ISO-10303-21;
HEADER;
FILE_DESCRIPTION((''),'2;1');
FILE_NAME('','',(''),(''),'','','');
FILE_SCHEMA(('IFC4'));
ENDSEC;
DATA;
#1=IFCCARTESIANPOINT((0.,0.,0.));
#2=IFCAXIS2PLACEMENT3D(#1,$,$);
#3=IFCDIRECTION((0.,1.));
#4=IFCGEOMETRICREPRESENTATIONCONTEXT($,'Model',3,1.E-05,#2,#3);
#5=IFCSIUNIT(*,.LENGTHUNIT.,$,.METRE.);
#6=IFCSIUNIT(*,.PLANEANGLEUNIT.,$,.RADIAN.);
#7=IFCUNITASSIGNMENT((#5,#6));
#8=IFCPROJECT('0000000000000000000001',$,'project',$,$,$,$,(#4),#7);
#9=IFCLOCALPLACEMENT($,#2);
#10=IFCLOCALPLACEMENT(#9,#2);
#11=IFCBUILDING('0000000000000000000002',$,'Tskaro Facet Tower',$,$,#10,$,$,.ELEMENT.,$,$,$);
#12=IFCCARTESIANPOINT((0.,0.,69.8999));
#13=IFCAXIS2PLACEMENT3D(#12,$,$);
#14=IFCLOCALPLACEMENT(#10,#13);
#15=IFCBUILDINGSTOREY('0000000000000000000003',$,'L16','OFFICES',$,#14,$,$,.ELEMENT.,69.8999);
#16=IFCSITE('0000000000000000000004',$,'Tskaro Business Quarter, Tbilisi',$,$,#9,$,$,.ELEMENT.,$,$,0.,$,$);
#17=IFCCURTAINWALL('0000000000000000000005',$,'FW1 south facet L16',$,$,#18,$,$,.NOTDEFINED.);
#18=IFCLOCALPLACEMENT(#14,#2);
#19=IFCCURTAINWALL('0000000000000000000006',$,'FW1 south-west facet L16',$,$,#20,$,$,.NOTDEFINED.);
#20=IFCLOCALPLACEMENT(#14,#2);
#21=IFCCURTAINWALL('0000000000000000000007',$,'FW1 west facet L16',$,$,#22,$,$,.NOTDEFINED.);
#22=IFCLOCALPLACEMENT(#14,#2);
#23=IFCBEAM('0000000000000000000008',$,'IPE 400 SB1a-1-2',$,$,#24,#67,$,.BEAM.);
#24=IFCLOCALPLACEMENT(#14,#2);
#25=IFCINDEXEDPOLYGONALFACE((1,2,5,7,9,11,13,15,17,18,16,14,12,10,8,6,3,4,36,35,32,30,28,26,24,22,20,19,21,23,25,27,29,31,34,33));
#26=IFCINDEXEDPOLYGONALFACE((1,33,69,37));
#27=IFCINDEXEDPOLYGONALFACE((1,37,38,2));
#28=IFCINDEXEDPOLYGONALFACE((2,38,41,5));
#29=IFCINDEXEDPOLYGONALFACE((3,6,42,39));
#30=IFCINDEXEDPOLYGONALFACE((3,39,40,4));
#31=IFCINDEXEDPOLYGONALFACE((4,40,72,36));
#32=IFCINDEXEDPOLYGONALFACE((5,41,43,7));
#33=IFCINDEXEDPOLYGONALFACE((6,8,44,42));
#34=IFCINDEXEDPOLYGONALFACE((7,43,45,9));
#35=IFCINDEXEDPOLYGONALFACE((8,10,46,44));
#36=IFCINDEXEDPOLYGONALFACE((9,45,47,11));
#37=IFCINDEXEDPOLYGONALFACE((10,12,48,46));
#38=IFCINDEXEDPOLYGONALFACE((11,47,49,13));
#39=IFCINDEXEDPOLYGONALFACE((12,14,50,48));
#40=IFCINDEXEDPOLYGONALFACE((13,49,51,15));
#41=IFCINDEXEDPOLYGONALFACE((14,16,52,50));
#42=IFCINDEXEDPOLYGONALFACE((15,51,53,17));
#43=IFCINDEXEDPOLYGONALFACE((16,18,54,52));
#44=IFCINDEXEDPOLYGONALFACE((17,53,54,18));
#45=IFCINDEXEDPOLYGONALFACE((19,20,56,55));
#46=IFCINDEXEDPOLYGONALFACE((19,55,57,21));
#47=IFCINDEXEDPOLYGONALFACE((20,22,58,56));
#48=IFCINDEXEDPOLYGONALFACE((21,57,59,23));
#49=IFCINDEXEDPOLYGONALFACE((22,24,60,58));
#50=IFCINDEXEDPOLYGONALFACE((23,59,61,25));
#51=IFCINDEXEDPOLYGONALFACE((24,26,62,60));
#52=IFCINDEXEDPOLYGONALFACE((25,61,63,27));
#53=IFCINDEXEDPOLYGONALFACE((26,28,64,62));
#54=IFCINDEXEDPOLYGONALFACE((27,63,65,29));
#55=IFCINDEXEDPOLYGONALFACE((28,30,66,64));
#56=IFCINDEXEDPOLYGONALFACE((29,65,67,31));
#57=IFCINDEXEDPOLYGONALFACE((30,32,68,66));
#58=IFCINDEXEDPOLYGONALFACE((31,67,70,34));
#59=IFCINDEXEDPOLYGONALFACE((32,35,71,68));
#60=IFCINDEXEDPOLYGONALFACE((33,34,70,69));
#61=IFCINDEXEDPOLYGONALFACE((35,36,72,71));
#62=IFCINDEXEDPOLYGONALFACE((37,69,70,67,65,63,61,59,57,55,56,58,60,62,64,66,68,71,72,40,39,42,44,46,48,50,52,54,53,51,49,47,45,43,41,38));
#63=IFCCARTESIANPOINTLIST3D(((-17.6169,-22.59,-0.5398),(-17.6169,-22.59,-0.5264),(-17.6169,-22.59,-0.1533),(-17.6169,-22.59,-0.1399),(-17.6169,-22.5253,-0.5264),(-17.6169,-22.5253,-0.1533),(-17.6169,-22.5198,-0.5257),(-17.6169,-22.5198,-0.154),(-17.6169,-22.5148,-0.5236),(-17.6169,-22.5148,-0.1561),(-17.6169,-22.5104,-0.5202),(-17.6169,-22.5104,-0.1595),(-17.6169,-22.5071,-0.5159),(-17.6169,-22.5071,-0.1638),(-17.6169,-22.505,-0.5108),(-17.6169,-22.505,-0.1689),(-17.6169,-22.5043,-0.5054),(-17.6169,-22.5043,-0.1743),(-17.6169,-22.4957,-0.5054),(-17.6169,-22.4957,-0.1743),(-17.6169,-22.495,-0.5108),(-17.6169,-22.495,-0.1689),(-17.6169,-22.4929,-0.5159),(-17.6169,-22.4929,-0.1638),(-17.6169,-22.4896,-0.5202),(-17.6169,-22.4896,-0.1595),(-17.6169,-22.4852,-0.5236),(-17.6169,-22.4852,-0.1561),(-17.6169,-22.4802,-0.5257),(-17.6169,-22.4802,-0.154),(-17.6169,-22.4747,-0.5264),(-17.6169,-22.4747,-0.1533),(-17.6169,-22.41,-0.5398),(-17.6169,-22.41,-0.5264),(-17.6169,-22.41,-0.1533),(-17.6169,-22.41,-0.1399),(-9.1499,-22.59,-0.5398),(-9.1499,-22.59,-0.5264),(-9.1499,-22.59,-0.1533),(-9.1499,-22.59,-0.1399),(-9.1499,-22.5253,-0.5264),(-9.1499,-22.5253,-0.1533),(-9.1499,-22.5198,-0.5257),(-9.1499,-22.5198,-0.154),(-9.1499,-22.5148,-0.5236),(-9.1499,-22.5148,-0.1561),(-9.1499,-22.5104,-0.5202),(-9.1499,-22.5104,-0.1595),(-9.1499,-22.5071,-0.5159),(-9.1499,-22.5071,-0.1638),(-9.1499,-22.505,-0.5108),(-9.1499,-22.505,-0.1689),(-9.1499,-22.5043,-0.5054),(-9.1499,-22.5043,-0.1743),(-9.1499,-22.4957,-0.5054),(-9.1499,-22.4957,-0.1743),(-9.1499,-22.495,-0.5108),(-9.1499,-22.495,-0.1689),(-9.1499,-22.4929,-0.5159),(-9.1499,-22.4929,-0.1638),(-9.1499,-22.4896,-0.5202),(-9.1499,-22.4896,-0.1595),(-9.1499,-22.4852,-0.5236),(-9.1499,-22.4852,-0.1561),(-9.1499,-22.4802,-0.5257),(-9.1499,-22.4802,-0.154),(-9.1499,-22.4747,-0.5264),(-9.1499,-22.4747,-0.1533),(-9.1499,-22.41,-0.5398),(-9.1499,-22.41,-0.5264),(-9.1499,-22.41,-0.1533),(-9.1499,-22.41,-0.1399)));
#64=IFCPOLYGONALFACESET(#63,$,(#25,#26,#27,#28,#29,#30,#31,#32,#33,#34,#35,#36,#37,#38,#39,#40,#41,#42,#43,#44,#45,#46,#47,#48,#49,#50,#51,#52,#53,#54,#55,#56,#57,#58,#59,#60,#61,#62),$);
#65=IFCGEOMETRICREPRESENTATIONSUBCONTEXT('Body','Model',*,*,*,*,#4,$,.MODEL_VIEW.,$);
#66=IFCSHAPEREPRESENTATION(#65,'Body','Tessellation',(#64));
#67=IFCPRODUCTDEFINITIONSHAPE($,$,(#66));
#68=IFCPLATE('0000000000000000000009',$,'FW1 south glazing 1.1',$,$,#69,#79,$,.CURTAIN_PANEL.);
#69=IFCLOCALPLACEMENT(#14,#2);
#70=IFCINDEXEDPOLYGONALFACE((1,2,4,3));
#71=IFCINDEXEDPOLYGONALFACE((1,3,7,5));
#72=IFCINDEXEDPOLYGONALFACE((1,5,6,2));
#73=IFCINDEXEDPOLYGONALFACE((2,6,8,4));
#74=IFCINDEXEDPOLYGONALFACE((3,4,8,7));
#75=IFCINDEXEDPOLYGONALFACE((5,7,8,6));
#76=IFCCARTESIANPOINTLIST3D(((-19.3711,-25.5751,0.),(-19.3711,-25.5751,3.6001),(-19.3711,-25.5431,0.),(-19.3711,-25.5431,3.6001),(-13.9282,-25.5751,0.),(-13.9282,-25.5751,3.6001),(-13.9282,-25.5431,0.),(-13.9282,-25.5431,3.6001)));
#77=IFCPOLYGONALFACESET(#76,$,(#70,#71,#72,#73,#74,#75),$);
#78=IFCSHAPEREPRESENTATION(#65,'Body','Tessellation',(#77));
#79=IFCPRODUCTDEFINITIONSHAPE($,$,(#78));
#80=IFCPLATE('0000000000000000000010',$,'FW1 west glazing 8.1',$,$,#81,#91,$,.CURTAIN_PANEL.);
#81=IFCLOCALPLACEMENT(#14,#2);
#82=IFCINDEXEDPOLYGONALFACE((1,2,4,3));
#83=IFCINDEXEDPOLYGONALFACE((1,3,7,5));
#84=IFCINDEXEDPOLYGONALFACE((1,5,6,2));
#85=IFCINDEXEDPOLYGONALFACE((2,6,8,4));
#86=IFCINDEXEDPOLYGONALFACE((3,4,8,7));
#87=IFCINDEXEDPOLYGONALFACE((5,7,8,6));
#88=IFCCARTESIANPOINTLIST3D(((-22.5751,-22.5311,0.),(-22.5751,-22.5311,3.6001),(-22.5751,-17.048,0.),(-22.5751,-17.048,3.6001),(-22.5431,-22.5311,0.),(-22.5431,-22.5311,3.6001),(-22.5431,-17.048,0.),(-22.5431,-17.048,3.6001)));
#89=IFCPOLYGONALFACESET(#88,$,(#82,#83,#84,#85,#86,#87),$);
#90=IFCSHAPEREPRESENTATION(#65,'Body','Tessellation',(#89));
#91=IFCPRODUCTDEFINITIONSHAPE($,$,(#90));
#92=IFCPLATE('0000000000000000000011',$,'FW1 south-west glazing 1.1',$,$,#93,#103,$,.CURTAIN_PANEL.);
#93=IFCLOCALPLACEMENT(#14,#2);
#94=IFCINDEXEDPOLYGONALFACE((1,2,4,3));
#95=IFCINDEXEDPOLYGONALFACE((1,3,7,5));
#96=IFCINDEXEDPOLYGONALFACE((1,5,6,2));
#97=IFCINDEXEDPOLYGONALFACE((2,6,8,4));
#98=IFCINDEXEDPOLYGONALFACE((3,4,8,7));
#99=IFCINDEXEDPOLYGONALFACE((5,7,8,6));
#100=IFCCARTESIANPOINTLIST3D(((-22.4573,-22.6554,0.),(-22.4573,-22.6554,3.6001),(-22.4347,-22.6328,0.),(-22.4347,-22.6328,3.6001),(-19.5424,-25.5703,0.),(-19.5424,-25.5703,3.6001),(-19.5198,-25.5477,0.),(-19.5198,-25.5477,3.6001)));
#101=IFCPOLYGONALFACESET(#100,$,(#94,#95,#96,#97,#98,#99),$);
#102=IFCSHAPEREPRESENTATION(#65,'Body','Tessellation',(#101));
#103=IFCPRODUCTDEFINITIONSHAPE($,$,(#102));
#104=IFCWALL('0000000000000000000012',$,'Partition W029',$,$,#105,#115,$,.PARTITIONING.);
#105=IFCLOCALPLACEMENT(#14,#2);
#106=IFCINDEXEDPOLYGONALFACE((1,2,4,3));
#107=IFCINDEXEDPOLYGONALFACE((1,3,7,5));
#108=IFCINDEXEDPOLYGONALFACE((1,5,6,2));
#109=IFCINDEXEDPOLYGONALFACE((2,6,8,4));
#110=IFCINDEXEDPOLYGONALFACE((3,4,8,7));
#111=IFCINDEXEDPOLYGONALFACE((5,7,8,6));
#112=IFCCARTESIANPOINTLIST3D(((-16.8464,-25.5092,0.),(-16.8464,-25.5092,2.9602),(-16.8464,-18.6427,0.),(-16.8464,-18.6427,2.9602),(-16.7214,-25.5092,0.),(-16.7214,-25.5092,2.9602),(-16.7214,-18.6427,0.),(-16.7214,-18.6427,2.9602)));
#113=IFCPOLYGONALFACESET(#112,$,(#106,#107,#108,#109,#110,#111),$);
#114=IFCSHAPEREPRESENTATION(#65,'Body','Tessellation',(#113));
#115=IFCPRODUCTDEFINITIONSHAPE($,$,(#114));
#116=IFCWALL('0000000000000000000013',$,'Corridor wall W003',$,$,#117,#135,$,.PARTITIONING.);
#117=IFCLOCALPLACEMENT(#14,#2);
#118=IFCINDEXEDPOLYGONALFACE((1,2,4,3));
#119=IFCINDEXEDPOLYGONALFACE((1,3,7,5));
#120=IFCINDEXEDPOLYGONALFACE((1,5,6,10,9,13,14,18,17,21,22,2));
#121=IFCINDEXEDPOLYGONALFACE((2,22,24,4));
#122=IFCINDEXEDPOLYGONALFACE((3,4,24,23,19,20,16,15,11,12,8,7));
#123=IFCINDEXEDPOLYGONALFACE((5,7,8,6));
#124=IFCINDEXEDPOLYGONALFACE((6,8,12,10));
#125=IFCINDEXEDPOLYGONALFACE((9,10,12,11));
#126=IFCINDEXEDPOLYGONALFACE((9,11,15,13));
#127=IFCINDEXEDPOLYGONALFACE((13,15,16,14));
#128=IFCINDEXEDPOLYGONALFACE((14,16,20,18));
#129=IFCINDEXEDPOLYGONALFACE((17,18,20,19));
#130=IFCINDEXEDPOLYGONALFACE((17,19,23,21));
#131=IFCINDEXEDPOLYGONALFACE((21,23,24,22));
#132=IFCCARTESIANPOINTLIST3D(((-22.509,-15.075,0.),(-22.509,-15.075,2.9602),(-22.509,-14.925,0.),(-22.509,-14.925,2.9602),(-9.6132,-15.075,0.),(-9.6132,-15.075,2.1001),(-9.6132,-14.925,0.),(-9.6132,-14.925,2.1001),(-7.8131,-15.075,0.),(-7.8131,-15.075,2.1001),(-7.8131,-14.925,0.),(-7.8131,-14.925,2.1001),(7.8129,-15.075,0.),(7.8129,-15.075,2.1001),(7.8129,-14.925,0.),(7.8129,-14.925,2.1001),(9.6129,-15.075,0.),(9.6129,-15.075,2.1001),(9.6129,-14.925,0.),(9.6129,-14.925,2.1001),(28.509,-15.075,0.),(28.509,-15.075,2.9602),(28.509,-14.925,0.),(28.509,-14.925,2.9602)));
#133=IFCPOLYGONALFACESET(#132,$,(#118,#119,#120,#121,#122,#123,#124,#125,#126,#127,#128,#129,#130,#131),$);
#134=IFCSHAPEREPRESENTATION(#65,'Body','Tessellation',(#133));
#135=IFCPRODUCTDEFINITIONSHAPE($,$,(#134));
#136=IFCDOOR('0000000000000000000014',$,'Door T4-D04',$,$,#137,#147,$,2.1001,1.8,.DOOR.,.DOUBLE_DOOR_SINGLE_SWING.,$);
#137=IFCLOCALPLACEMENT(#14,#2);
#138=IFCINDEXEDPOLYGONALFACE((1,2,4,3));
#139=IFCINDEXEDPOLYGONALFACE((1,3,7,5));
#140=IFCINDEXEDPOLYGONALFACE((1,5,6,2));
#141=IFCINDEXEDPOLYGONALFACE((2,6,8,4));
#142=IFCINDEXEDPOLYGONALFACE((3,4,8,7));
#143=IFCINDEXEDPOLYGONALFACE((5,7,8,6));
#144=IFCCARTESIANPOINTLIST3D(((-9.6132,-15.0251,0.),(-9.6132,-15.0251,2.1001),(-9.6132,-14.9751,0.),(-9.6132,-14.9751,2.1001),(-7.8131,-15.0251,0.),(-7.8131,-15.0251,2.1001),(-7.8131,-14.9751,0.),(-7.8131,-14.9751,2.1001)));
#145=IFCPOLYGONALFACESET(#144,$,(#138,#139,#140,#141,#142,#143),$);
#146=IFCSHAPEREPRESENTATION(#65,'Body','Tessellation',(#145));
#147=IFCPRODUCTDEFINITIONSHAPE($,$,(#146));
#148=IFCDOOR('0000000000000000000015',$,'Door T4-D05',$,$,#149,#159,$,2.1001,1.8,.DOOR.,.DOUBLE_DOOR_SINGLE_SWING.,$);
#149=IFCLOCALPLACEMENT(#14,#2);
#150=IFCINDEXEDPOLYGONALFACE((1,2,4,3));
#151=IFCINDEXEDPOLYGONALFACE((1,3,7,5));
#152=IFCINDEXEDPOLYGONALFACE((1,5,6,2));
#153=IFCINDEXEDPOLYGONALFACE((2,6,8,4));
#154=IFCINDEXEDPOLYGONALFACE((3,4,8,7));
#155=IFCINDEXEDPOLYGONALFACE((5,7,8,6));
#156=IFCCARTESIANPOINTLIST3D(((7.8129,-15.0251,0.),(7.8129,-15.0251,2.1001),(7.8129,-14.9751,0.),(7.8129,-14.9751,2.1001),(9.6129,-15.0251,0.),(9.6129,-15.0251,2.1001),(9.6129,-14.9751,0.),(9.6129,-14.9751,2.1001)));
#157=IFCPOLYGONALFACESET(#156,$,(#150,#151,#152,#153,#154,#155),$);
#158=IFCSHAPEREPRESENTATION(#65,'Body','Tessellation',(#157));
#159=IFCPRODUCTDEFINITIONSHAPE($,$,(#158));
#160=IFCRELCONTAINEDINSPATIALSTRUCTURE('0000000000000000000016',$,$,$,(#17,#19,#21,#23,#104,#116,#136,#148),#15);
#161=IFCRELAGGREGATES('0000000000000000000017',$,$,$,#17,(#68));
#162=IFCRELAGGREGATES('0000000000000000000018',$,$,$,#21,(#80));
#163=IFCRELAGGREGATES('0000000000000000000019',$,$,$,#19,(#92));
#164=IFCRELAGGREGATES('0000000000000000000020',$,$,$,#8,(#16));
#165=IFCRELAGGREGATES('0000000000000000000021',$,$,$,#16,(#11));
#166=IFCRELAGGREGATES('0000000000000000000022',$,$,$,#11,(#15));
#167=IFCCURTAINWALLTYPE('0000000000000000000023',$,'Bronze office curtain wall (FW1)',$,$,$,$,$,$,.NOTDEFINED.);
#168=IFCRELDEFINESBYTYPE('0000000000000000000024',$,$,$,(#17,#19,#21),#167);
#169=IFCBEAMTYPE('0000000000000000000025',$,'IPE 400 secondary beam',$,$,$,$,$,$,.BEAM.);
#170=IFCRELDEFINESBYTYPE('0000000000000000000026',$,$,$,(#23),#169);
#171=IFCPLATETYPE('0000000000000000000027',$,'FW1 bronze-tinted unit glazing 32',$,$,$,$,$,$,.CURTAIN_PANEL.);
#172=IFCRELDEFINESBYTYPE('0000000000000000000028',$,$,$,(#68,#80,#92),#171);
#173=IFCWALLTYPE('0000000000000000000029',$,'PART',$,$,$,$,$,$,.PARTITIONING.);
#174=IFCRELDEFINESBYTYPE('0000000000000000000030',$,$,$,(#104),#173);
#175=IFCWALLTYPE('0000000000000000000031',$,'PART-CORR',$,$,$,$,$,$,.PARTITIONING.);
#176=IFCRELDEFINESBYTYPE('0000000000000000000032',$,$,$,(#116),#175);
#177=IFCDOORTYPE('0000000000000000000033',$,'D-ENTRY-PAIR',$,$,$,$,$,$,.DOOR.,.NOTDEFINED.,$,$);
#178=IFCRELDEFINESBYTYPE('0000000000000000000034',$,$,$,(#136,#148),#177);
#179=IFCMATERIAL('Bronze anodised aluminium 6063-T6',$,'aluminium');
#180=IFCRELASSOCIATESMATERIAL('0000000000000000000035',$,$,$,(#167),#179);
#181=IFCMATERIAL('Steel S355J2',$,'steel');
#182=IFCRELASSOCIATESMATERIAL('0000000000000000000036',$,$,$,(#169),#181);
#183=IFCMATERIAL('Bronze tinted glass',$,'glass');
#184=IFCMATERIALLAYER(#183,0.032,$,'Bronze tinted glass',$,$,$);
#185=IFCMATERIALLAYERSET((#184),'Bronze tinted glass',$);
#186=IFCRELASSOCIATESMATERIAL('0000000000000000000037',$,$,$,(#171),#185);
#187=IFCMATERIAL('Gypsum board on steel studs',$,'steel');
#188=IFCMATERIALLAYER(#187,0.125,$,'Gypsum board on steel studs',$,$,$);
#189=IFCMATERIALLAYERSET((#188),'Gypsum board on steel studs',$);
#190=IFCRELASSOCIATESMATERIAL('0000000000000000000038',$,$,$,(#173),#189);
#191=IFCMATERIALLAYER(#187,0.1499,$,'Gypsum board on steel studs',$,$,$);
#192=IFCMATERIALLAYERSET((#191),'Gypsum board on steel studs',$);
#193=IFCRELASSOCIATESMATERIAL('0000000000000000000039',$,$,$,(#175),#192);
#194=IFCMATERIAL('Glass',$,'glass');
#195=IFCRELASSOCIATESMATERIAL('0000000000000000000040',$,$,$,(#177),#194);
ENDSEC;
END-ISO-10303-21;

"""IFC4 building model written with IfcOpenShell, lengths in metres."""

from ifc_helpers import new_model, si_unit, direction, frame, frame_2d, origin, origin_2d, place, context, subcontext, project, spatial, rectangle, i_section, extrude, material, layer, layer_set, material_profile, profile_set, type_object, element, fill, aggregate, save


model = new_model("IFC4")

# Units and contexts
model_context = context("Model", 3, precision=1e-05, world=origin(), true_north=direction((0.0, 1.0)))
body_context = subcontext(model_context, "Body", "Model", "MODEL_VIEW")
ifc_project = project(units=[si_unit("LENGTHUNIT", "METRE"), si_unit("PLANEANGLEUNIT", "RADIAN")], contexts=[model_context])

# Site, building, storey
site_placement = place(None, origin())
site = spatial("IfcSite", under=ifc_project, at=site_placement, Name="Tskaro Business Quarter, Tbilisi", CompositionType="ELEMENT", RefElevation=0.0)
building_placement = place(site_placement, origin())
building = spatial("IfcBuilding", under=site, at=building_placement, Name="Tskaro Facet Tower", CompositionType="ELEMENT")
storey_placement = place(building_placement, frame((0.0, 0.0, 69.8999)))
storey = spatial("IfcBuildingStorey", under=building, at=storey_placement, Name="L16", Description="OFFICES", CompositionType="ELEMENT", Elevation=69.8999)

# Curtain walls
ifc_material_1 = material(Name="Bronze anodised aluminium 6063-T6", Category="aluminium")
curtain_wall_type = type_object("IfcCurtainWallType", Name="Bronze office curtain wall (FW1)", PredefinedType="NOTDEFINED", material=ifc_material_1)
curtain_wall_1_placement = place(storey_placement, origin())
curtain_wall_1 = element("IfcCurtainWall", 1, at=curtain_wall_1_placement, inside=storey, type_object=curtain_wall_type, Name="FW1 south facet L16", PredefinedType="NOTDEFINED")
curtain_wall_2_placement = place(storey_placement, origin())
curtain_wall_2 = element("IfcCurtainWall", 2, at=curtain_wall_2_placement, inside=storey, type_object=curtain_wall_type, Name="FW1 south-west facet L16", PredefinedType="NOTDEFINED")

# Curtain wall
curtain_wall_3_placement = place(storey_placement, origin())
curtain_wall_3 = element("IfcCurtainWall", 3, at=curtain_wall_3_placement, inside=storey, type_object=curtain_wall_type, Name="FW1 west facet L16", PredefinedType="NOTDEFINED")

# Beam
ifc_material_2 = material(Name="Steel S355J2", Category="steel")
ifc_material_profile_1 = material_profile(ifc_material_2, i_section(OverallWidth=0.1799, OverallDepth=0.3999, WebThickness=0.0085, FlangeThickness=0.0134, FilletRadius=0.021, at=origin_2d()), Name="IPE 400")
ifc_profile_set_1 = profile_set([ifc_material_profile_1], Name="Steel S355J2")
beam_type_1 = type_object("IfcBeamType", Name="IPE 400 secondary beam", PredefinedType="BEAM", material=ifc_profile_set_1)
beam_1_placement = place(storey_placement, frame((-17.6169, -22.5, -0.3398), z_axis=(1.0, 0.0, 0.0), x_axis=(0.0, 1.0, 0.0)))
element("IfcBeam", 4, at=beam_1_placement, inside=storey, type_object=beam_type_1, Name="IPE 400 SB1a-1-2", PredefinedType="BEAM", context=body_context, shape_type="SweptSolid", body=[
    extrude(i_section(OverallWidth=0.1799, OverallDepth=0.3999, WebThickness=0.0085, FlangeThickness=0.0134, FilletRadius=0.021, at=origin_2d()), origin(), (0.0, 0.0, 1.0), 8.467),
])

# Plates
ifc_material_3 = material(Name="Bronze tinted glass", Category="glass")
ifc_layer_1 = layer(ifc_material_3, 0.032, Name="Bronze tinted glass")
ifc_layer_set_1 = layer_set([ifc_layer_1], Name="Bronze tinted glass")
plate_type = type_object("IfcPlateType", Name="FW1 bronze-tinted unit glazing 32", PredefinedType="CURTAIN_PANEL", material=ifc_layer_set_1)
plate_1_placement = place(storey_placement, frame((-16.6497, -25.5591, 0.0), z_axis=(0.0, 0.0, 1.0), x_axis=(1.0, 0.0, 0.0)))
plate_1 = element("IfcPlate", 5, at=plate_1_placement, type_object=plate_type, Name="FW1 south glazing 1.1", PredefinedType="CURTAIN_PANEL", context=body_context, shape_type="SweptSolid", body=[
    extrude(rectangle(XDim=5.4429, YDim=0.032, at=origin_2d()), origin(), (0.0, 0.0, 1.0), 3.6001),
])
aggregate(curtain_wall_1, [plate_1])
plate_2_placement = place(storey_placement, frame((-22.5591, -19.7896, 0.0), z_axis=(0.0, 0.0, 1.0), x_axis=(0.0, -1.0, 0.0)))
plate_2 = element("IfcPlate", 6, at=plate_2_placement, type_object=plate_type, Name="FW1 west glazing 8.1", PredefinedType="CURTAIN_PANEL", context=body_context, shape_type="SweptSolid", body=[
    extrude(rectangle(XDim=5.4832, YDim=0.032, at=origin_2d()), origin(), (0.0, 0.0, 1.0), 3.6001),
])
aggregate(curtain_wall_3, [plate_2])
plate_3_placement = place(storey_placement, frame((-20.9885, -24.1016, 0.0), z_axis=(0.0, 0.0, 1.0), x_axis=(0.707107, -0.707107, 0.0)))
plate_3 = element("IfcPlate", 7, at=plate_3_placement, type_object=plate_type, Name="FW1 south-west glazing 1.1", PredefinedType="CURTAIN_PANEL", context=body_context, shape_type="SweptSolid", body=[
    extrude(rectangle(XDim=4.1223, YDim=0.032, at=origin_2d()), origin(), (0.0, 0.0, 1.0), 3.6001),
])
aggregate(curtain_wall_2, [plate_3])

# Wall
ifc_material_4 = material(Name="Gypsum board on steel studs", Category="steel")
ifc_layer_2 = layer(ifc_material_4, 0.125, Name="Gypsum board on steel studs")
ifc_layer_set_2 = layer_set([ifc_layer_2], Name="Gypsum board on steel studs")
wall_type_1 = type_object("IfcWallType", Name="PART", PredefinedType="PARTITIONING", material=ifc_layer_set_2)
wall_1_placement = place(storey_placement, frame((-16.7839, -25.509, 0.0), z_axis=(0.0, 0.0, 1.0), x_axis=(0.0, 1.0, 0.0)))
element("IfcWall", 8, at=wall_1_placement, inside=storey, type_object=wall_type_1, Name="Partition W029", PredefinedType="PARTITIONING", context=body_context, shape_type="SweptSolid", body=[
    extrude(rectangle(XDim=6.8665, YDim=0.125, at=frame_2d((3.4331, 0.0))), origin(), (0.0, 0.0, 1.0), 2.9602),
])

# Wall, openings, doors
ifc_layer_3 = layer(ifc_material_4, 0.1499, Name="Gypsum board on steel studs")
ifc_layer_set_3 = layer_set([ifc_layer_3], Name="Gypsum board on steel studs")
wall_type_2 = type_object("IfcWallType", Name="PART-CORR", PredefinedType="PARTITIONING", material=ifc_layer_set_3)
wall_2_placement = place(storey_placement, frame((-22.509, -15.0, 0.0), z_axis=(0.0, 0.0, 1.0), x_axis=(1.0, 0.0, 0.0)))
wall_2 = element("IfcWall", 9, at=wall_2_placement, inside=storey, type_object=wall_type_2, Name="Corridor wall W003", PredefinedType="PARTITIONING", context=body_context, shape_type="SweptSolid", body=[
    extrude(rectangle(XDim=51.0181, YDim=0.1499, at=frame_2d((25.509, 0.0))), origin(), (0.0, 0.0, 1.0), 2.9602),
])
opening_1_placement = place(wall_2_placement, frame((12.896, 0.0, 0.0)))
opening_1 = element("IfcOpeningElement", 10, at=opening_1_placement, cuts=wall_2, PredefinedType="OPENING", context=body_context, shape_type="SweptSolid", body=[
    extrude(rectangle(XDim=1.8, YDim=2.1001, at=frame_2d((0.8999, 1.05))), frame((0.0, 0.085, 0.0), z_axis=(0.0, -1.0, 0.0), x_axis=(1.0, 0.0, 0.0)), (0.0, 0.0, 1.0), 0.1699),
])
opening_2_placement = place(wall_2_placement, frame((30.322, 0.0, 0.0)))
opening_2 = element("IfcOpeningElement", 11, at=opening_2_placement, cuts=wall_2, PredefinedType="OPENING", context=body_context, shape_type="SweptSolid", body=[
    extrude(rectangle(XDim=1.8, YDim=2.1001, at=frame_2d((0.8999, 1.05))), frame((0.0, 0.085, 0.0), z_axis=(0.0, -1.0, 0.0), x_axis=(1.0, 0.0, 0.0)), (0.0, 0.0, 1.0), 0.1699),
])
ifc_material_5 = material(Name="Glass", Category="glass")
door_type_1 = type_object("IfcDoorType", Name="D-ENTRY-PAIR", OperationType="NOTDEFINED", PredefinedType="DOOR", material=ifc_material_5)
door_1_placement = place(opening_1_placement, origin())
door_1 = element("IfcDoor", 12, at=door_1_placement, inside=storey, type_object=door_type_1, Name="Door T4-D04", OperationType="DOUBLE_DOOR_SINGLE_SWING", OverallHeight=2.1001, OverallWidth=1.8, PredefinedType="DOOR", context=body_context, shape_type="SweptSolid", body=[
    extrude(rectangle(XDim=1.8, YDim=2.1001, at=frame_2d((0.8999, 1.05))), frame((0.0, 0.0249, 0.0), z_axis=(0.0, -1.0, 0.0), x_axis=(1.0, 0.0, 0.0)), (0.0, 0.0, 1.0), 0.05),
])
fill(opening_1, door_1)
door_2_placement = place(opening_2_placement, origin())
door_2 = element("IfcDoor", 13, at=door_2_placement, inside=storey, type_object=door_type_1, Name="Door T4-D05", OperationType="DOUBLE_DOOR_SINGLE_SWING", OverallHeight=2.1001, OverallWidth=1.8, PredefinedType="DOOR", context=body_context, shape_type="SweptSolid", body=[
    extrude(rectangle(XDim=1.8, YDim=2.1001, at=frame_2d((0.8999, 1.05))), frame((0.0, 0.0249, 0.0), z_axis=(0.0, -1.0, 0.0), x_axis=(1.0, 0.0, 0.0)), (0.0, 0.0, 1.0), 0.05),
])
fill(opening_2, door_2)

save(model, "model.ifc")
